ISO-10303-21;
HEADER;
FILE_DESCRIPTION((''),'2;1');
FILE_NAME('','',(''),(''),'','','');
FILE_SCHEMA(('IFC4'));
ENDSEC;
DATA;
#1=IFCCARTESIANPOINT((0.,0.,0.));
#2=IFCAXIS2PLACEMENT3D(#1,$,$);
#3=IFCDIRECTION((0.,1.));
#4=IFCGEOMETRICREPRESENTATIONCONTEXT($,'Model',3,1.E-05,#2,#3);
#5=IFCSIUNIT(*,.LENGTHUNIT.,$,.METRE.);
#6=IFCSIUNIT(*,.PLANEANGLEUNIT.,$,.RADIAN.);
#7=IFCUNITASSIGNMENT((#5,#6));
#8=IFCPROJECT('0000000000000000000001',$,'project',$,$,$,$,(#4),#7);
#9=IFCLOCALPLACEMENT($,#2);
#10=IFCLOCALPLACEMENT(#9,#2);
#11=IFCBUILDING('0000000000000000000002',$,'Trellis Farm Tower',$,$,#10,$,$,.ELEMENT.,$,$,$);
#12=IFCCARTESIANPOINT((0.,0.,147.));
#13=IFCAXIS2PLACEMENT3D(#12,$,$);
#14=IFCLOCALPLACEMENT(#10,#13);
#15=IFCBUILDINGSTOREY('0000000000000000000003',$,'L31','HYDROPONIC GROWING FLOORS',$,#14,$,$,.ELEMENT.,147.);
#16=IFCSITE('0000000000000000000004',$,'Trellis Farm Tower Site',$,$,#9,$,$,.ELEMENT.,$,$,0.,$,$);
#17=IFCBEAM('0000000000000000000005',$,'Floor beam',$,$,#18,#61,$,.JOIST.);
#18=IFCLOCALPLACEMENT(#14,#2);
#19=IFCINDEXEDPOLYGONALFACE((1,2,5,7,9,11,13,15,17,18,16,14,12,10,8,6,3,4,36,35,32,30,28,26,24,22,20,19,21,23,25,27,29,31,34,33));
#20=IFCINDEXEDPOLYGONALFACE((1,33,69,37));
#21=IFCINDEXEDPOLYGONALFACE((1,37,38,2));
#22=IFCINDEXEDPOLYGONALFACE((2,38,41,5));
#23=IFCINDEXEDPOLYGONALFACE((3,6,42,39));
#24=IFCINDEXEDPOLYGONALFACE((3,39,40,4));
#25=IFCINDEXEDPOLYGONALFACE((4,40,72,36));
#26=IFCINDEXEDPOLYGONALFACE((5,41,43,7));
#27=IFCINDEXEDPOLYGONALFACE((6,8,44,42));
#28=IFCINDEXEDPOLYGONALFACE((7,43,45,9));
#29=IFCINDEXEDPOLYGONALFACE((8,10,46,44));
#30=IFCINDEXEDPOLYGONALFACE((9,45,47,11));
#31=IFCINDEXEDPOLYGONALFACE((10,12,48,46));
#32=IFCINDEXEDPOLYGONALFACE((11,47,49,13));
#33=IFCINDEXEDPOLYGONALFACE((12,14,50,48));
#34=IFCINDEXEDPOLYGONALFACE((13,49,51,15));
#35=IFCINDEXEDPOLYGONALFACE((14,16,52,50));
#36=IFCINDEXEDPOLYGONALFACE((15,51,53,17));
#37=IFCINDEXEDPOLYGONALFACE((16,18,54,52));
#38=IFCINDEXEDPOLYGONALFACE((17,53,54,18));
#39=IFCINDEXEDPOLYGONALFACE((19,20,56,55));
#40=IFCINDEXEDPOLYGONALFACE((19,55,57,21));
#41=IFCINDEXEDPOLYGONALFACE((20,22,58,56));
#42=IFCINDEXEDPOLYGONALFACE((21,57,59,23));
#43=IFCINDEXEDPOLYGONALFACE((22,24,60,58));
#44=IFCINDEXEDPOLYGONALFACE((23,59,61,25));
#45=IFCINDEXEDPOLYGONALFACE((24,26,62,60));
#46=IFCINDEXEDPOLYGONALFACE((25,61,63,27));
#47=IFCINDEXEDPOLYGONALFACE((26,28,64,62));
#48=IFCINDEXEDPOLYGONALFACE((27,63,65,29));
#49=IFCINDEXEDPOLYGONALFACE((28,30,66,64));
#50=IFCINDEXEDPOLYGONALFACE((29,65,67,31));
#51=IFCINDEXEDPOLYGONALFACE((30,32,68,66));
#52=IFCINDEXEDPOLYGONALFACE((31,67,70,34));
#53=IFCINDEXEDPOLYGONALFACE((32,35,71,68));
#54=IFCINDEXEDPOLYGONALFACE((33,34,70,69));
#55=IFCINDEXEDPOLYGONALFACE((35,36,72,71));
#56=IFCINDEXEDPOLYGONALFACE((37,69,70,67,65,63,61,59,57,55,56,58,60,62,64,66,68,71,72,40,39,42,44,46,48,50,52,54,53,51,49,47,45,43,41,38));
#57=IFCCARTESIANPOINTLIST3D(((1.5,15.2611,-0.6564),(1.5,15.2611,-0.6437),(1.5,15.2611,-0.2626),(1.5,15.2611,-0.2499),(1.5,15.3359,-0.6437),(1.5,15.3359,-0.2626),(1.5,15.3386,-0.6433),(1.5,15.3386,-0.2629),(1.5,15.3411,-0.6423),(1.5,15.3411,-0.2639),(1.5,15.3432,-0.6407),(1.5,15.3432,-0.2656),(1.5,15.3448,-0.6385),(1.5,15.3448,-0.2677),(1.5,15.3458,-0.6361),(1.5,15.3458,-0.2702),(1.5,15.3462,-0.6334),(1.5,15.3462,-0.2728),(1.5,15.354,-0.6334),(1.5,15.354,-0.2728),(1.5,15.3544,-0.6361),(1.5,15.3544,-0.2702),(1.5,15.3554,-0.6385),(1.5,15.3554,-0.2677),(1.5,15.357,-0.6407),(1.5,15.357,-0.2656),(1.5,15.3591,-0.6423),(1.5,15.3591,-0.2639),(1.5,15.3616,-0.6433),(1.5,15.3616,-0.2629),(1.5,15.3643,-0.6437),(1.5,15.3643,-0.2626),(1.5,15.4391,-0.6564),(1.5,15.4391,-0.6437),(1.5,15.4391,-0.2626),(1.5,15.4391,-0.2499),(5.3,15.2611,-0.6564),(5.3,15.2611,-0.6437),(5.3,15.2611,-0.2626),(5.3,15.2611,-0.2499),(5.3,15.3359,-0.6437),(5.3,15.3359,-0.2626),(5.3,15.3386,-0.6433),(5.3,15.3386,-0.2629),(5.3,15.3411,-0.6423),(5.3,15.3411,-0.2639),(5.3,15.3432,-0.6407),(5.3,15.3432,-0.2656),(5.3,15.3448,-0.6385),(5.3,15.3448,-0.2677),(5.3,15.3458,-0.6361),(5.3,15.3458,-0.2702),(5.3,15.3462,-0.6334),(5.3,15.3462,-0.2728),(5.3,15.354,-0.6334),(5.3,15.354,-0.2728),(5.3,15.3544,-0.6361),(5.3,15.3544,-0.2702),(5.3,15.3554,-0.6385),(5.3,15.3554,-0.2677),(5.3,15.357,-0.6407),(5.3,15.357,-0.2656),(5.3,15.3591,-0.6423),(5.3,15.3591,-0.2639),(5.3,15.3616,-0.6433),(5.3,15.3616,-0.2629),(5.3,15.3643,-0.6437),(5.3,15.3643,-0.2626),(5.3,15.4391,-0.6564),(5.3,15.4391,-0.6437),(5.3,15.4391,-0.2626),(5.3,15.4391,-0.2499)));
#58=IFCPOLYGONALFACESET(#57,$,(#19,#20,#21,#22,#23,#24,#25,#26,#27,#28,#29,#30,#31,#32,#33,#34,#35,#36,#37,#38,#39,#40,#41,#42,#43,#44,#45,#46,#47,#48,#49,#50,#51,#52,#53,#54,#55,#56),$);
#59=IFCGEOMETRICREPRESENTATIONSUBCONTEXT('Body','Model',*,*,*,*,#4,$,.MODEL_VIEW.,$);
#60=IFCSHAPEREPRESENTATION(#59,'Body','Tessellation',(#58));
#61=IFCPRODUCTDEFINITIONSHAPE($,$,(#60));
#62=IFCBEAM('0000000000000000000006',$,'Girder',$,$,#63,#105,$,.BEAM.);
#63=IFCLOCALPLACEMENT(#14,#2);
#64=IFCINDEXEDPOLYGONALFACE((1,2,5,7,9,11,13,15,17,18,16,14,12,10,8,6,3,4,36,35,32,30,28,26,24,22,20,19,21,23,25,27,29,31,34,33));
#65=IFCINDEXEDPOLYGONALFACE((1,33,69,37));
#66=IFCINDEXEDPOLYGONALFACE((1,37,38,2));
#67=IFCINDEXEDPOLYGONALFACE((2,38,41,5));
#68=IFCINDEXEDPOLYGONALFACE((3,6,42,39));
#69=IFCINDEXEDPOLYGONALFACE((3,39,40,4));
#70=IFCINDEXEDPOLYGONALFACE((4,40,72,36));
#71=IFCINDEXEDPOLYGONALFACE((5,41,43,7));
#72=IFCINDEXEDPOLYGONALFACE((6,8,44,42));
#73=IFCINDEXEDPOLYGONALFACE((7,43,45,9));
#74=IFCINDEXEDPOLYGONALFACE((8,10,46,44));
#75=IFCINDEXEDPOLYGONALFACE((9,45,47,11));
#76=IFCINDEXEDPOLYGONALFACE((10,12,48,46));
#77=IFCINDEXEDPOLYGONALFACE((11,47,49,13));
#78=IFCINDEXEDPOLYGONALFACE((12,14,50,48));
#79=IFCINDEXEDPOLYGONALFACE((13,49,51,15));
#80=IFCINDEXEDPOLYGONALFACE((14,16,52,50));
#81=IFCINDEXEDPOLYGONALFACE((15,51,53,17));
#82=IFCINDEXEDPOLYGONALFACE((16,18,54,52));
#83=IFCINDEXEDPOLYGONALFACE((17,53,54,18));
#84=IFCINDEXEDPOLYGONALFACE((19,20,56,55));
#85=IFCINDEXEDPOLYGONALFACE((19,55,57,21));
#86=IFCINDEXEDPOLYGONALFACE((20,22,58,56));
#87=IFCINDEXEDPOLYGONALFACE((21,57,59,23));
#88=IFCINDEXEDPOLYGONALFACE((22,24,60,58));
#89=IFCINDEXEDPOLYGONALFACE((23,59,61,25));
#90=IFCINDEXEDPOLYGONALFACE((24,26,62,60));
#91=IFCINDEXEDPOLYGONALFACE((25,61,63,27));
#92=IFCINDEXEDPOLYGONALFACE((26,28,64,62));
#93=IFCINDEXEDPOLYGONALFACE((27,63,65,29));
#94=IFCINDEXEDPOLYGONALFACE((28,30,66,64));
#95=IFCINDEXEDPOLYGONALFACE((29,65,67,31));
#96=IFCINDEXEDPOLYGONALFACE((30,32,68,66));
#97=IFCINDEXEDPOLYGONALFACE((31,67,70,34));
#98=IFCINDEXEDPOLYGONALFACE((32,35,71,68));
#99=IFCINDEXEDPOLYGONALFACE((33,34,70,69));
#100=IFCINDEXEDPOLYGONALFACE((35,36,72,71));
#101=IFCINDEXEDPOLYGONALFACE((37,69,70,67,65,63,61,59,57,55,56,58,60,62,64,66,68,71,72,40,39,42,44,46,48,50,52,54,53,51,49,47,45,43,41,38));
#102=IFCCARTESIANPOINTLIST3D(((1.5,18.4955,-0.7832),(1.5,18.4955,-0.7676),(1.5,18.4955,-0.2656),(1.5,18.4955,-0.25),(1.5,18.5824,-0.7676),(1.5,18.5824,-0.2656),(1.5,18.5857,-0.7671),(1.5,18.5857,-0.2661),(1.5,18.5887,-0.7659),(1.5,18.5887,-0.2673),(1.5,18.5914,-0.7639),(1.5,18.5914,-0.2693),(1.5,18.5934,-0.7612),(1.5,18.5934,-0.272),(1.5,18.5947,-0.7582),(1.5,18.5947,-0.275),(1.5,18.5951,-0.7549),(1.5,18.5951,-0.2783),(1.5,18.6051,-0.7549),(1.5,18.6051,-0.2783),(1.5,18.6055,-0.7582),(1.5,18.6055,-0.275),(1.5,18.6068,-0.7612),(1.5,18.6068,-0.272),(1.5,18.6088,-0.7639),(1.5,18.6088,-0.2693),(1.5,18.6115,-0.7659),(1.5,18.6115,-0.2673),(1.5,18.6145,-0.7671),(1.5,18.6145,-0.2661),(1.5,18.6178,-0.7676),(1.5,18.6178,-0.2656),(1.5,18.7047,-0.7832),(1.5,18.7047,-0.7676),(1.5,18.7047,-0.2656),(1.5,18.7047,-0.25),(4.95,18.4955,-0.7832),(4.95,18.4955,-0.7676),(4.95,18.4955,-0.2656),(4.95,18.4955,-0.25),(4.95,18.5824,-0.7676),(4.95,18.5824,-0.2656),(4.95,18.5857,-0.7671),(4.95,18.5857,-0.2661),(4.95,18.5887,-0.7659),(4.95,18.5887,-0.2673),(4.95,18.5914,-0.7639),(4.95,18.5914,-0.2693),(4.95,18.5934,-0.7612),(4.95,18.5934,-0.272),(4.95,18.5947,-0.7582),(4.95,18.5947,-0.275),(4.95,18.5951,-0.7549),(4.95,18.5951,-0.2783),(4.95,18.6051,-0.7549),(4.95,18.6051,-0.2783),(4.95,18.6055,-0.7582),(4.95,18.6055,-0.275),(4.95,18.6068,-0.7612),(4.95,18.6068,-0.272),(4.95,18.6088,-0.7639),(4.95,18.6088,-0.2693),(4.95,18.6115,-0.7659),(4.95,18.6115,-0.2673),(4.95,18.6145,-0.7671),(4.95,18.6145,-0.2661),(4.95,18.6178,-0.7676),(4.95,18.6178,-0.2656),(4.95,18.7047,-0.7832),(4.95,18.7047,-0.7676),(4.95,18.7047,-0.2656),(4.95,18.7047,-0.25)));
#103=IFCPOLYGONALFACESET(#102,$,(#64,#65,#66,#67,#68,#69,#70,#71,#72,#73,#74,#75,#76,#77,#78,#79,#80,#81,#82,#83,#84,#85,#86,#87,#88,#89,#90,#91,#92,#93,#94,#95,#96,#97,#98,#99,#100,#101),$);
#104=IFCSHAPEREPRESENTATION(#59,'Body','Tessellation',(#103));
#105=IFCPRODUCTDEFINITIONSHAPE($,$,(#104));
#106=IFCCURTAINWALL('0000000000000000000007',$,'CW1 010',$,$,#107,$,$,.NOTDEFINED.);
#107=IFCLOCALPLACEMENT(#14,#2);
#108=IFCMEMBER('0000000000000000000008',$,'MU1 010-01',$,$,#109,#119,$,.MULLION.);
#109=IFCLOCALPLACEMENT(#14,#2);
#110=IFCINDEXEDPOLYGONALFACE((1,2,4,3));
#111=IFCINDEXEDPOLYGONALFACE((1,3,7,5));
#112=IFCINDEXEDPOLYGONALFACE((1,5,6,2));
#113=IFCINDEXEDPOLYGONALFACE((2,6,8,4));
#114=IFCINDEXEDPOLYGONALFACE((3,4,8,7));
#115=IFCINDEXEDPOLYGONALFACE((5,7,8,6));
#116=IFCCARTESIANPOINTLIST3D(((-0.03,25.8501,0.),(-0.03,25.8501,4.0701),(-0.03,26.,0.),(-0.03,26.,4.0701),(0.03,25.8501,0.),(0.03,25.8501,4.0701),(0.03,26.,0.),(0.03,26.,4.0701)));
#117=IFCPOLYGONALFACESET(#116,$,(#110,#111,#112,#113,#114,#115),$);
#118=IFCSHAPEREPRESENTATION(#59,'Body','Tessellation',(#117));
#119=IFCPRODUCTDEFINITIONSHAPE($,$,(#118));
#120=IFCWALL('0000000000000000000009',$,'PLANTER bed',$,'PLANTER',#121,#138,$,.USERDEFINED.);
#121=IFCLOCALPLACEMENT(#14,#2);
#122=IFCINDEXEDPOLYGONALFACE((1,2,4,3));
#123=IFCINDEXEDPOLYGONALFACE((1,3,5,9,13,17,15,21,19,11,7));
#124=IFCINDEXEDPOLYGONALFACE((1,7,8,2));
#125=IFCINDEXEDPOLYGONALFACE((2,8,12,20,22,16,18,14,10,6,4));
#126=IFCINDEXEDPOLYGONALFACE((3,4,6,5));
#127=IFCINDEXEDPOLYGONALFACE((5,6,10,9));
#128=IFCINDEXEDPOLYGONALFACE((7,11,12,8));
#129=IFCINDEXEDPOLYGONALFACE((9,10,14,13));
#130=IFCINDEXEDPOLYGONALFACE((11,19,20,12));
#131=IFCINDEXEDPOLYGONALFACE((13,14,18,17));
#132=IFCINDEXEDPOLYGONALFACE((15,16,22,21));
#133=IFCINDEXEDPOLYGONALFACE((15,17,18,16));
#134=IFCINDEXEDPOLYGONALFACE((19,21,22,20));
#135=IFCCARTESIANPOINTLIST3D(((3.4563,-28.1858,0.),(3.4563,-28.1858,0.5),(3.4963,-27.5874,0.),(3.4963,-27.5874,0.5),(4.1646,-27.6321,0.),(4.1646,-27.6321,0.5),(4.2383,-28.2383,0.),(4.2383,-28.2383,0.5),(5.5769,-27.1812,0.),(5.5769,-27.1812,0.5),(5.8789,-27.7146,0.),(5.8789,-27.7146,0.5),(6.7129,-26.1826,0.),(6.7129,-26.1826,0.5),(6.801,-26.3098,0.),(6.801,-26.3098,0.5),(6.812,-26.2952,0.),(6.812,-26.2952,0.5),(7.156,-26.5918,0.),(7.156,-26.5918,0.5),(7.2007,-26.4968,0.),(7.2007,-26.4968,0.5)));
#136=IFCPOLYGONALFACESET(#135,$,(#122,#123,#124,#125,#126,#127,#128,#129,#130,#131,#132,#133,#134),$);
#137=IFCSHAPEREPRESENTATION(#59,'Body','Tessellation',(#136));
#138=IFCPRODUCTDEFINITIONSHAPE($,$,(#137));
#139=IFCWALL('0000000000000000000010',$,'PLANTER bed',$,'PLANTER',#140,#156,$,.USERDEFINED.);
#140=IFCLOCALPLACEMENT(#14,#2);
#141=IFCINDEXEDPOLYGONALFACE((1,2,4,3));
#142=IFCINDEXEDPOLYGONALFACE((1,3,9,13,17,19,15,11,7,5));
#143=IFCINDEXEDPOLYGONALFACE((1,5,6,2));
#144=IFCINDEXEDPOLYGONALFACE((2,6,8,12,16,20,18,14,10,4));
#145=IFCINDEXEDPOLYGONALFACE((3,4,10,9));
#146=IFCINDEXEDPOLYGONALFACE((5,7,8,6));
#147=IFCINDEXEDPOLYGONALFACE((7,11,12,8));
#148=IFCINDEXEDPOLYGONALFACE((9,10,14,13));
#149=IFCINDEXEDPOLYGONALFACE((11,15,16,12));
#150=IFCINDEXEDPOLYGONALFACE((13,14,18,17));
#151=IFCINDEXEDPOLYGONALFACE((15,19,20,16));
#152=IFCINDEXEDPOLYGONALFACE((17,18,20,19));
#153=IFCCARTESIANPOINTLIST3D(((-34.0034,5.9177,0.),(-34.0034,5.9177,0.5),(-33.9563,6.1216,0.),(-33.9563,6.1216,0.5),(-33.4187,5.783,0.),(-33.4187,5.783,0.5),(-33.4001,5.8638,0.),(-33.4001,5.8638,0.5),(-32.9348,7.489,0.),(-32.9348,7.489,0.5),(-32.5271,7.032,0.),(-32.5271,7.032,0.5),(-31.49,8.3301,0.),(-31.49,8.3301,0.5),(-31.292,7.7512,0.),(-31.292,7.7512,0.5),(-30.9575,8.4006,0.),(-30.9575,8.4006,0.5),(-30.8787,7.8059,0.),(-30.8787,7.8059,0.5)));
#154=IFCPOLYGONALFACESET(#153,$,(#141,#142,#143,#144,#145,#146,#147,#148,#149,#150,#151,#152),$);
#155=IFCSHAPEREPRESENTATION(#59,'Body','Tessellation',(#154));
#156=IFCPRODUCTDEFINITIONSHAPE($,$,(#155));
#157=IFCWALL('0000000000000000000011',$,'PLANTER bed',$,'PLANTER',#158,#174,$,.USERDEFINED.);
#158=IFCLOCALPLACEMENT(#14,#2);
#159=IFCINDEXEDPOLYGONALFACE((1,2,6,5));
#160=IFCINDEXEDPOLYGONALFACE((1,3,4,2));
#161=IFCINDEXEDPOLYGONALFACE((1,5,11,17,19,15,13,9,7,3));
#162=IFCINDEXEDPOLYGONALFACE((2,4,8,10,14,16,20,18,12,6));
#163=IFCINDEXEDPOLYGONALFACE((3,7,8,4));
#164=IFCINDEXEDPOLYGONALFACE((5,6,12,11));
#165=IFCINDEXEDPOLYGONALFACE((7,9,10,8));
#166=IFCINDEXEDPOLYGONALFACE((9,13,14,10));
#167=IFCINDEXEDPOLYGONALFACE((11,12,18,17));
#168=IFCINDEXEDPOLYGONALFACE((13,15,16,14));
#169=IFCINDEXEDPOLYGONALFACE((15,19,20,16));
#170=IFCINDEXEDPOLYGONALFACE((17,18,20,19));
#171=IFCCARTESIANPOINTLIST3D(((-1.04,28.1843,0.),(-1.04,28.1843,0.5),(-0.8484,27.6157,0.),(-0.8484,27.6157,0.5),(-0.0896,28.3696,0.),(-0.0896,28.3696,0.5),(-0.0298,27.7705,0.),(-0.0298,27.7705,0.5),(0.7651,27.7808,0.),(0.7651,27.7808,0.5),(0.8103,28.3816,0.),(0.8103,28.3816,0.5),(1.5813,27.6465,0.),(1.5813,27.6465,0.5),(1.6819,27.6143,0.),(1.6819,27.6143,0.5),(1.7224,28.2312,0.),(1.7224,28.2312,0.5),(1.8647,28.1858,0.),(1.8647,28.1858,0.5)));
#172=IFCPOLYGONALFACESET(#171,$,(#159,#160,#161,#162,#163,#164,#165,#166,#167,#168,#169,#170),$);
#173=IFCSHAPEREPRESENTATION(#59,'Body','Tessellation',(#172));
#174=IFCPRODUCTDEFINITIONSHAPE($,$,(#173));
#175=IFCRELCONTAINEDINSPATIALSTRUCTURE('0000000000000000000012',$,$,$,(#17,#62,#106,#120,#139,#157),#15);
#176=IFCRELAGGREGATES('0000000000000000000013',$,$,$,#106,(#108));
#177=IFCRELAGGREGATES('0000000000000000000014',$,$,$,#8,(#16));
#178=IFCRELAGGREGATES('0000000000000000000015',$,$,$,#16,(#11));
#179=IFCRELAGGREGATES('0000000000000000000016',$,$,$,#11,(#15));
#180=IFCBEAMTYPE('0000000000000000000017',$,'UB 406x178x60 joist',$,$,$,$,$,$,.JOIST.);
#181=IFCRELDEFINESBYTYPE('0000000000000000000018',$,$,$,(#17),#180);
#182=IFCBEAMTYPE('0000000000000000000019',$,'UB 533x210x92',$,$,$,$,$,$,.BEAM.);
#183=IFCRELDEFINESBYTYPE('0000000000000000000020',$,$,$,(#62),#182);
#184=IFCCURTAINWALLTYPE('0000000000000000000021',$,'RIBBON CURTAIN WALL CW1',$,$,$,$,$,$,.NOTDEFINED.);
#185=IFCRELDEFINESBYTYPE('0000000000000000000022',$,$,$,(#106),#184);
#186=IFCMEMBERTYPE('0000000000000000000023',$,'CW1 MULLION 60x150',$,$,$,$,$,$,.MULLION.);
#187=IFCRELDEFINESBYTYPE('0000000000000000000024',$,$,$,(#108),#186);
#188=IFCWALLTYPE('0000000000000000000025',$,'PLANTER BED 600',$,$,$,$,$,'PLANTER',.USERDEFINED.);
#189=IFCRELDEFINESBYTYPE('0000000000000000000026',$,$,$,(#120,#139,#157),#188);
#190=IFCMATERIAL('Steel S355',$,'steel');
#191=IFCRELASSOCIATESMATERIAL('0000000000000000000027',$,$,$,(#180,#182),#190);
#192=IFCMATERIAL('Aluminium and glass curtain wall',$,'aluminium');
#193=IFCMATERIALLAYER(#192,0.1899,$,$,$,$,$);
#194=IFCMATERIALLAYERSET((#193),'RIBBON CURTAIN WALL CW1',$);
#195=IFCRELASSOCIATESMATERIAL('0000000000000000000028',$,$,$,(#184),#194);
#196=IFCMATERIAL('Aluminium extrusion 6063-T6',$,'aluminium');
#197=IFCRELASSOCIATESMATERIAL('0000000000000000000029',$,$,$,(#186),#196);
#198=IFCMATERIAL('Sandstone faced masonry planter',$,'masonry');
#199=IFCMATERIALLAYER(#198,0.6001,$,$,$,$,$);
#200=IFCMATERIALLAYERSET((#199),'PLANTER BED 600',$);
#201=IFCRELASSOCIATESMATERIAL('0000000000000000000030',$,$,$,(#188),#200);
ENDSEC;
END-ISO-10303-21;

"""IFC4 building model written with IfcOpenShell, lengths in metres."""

from ifc_helpers import new_model, si_unit, direction, frame, origin, origin_2d, place, context, subcontext, project, spatial, polyline, rectangle, i_section, outline, extrude, source, transform, mapped, material, layer, layer_set, material_profile, profile_set, type_object, element, aggregate, save


model = new_model("IFC4")

# Units and contexts
model_context = context("Model", 3, precision=1e-05, world=origin(), true_north=direction((0.0, 1.0)))
body_context = subcontext(model_context, "Body", "Model", "MODEL_VIEW")
ifc_project = project(units=[si_unit("LENGTHUNIT", "METRE"), si_unit("PLANEANGLEUNIT", "RADIAN")], contexts=[model_context])

# Site, building, storey
site_placement = place(None, origin())
site = spatial("IfcSite", under=ifc_project, at=site_placement, Name="Trellis Farm Tower Site", CompositionType="ELEMENT", RefElevation=0.0)
building_placement = place(site_placement, origin())
building = spatial("IfcBuilding", under=site, at=building_placement, Name="Trellis Farm Tower", CompositionType="ELEMENT")
storey_placement = place(building_placement, frame((0.0, 0.0, 147.0)))
storey = spatial("IfcBuildingStorey", under=building, at=storey_placement, Name="L31", Description="HYDROPONIC GROWING FLOORS", CompositionType="ELEMENT", Elevation=147.0)

# Beams
ifc_material_1 = material(Name="Steel S355", Category="steel")
ifc_material_profile_1 = material_profile(ifc_material_1, i_section(OverallWidth=0.178, OverallDepth=0.4065, WebThickness=0.0078, FlangeThickness=0.0127, FilletRadius=0.0103, at=origin_2d()), Name="UB 406x178x60")
ifc_profile_set_1 = profile_set([ifc_material_profile_1], Name="Steel S355")
beam_type_1 = type_object("IfcBeamType", Name="UB 406x178x60 joist", PredefinedType="JOIST", material=ifc_profile_set_1)
shared_shape_1 = source(origin(), body_context, "Body", "SweptSolid", [
    extrude(i_section(OverallWidth=0.178, OverallDepth=0.4065, WebThickness=0.0078, FlangeThickness=0.0127, FilletRadius=0.0103, at=origin_2d()), origin(), (0.0, 0.0, 1.0), 3.8),
])
beam_1_placement = place(storey_placement, frame((1.5, 15.3501, -0.4531), z_axis=(1.0, 0.0, 0.0), x_axis=(0.0, 1.0, 0.0)))
element("IfcBeam", 1, at=beam_1_placement, inside=storey, type_object=beam_type_1, Name="Floor beam", PredefinedType="JOIST", context=body_context, shape_type="MappedRepresentation", body=[
    mapped(shared_shape_1, transform((0.0, 0.0, 0.0))),
])
ifc_material_profile_2 = material_profile(ifc_material_1, i_section(OverallWidth=0.2092, OverallDepth=0.5332, WebThickness=0.01, FlangeThickness=0.0156, FilletRadius=0.0127, at=origin_2d()), Name="UB 533x210x92")
ifc_profile_set_2 = profile_set([ifc_material_profile_2], Name="Steel S355")
beam_type_2 = type_object("IfcBeamType", Name="UB 533x210x92", PredefinedType="BEAM", material=ifc_profile_set_2)
shared_shape_2 = source(origin(), body_context, "Body", "SweptSolid", [
    extrude(i_section(OverallWidth=0.2092, OverallDepth=0.5332, WebThickness=0.01, FlangeThickness=0.0156, FilletRadius=0.0127, at=origin_2d()), origin(), (0.0, 0.0, 1.0), 3.45),
])
beam_2_placement = place(storey_placement, frame((1.5, 18.6001, -0.5166), z_axis=(1.0, 0.0, 0.0), x_axis=(0.0, 1.0, 0.0)))
element("IfcBeam", 2, at=beam_2_placement, inside=storey, type_object=beam_type_2, Name="Girder", PredefinedType="BEAM", context=body_context, shape_type="MappedRepresentation", body=[
    mapped(shared_shape_2, transform((0.0, 0.0, 0.0))),
])

# Curtain wall, member
ifc_material_2 = material(Name="Aluminium and glass curtain wall", Category="aluminium")
ifc_layer_1 = layer(ifc_material_2, 0.1899)
ifc_layer_set_1 = layer_set([ifc_layer_1], Name="RIBBON CURTAIN WALL CW1")
curtain_wall_type = type_object("IfcCurtainWallType", Name="RIBBON CURTAIN WALL CW1", PredefinedType="NOTDEFINED", material=ifc_layer_set_1)
placement = place(storey_placement, origin())
curtain_wall = element("IfcCurtainWall", 3, at=placement, inside=storey, type_object=curtain_wall_type, Name="CW1 010", PredefinedType="NOTDEFINED")
ifc_material_3 = material(Name="Aluminium extrusion 6063-T6", Category="aluminium")
ifc_material_profile_3 = material_profile(ifc_material_3, rectangle(XDim=0.0601, YDim=0.1499, at=origin_2d()), Name="MULLION 60x150")
ifc_profile_set_3 = profile_set([ifc_material_profile_3], Name="Aluminium extrusion 6063-T6")
member_type = type_object("IfcMemberType", Name="CW1 MULLION 60x150", PredefinedType="MULLION", material=ifc_profile_set_3)
shared_shape_3 = source(origin(), body_context, "Body", "SweptSolid", [
    extrude(rectangle(XDim=0.0601, YDim=0.1499, at=origin_2d()), origin(), (0.0, 0.0, 1.0), 4.0701),
])
member_placement = place(storey_placement, frame((0.0, 25.925, 0.0), z_axis=(0.0, 0.0, 1.0), x_axis=(-1.0, 0.0, 0.0)))
member = element("IfcMember", 4, at=member_placement, type_object=member_type, Name="MU1 010-01", PredefinedType="MULLION", context=body_context, shape_type="MappedRepresentation", body=[
    mapped(shared_shape_3, transform((0.0, 0.0, 0.0))),
])
aggregate(curtain_wall, [member])

# Walls
ifc_material_4 = material(Name="Sandstone faced masonry planter", Category="masonry")
ifc_layer_2 = layer(ifc_material_4, 0.6001)
ifc_layer_set_2 = layer_set([ifc_layer_2], Name="PLANTER BED 600")
wall_type_1 = type_object("IfcWallType", Name="PLANTER BED 600", ElementType="PLANTER", PredefinedType="USERDEFINED", material=ifc_layer_set_2)
element("IfcWall", 5, at=placement, inside=storey, type_object=wall_type_1, Name="PLANTER bed", ObjectType="PLANTER", PredefinedType="USERDEFINED", context=body_context, shape_type="SweptSolid", body=[
    extrude(outline(polyline([(6.801, -26.3098), (7.2007, -26.4968), (7.156, -26.5918), (5.8789, -27.7146), (4.2383, -28.2383), (3.4563, -28.1858), (3.4963, -27.5874), (4.1646, -27.6321), (5.5769, -27.1812), (6.7129, -26.1826), (6.812, -26.2952), (6.801, -26.3098)])), origin(), (0.0, 0.0, 1.0), 0.5),
])
element("IfcWall", 6, at=placement, inside=storey, type_object=wall_type_1, Name="PLANTER bed", ObjectType="PLANTER", PredefinedType="USERDEFINED", context=body_context, shape_type="SweptSolid", body=[
    extrude(outline(polyline([(-32.9348, 7.489), (-31.49, 8.3301), (-30.9575, 8.4006), (-30.8787, 7.8059), (-31.292, 7.7512), (-32.5271, 7.032), (-33.4001, 5.8638), (-33.4187, 5.783), (-34.0034, 5.9177), (-33.9563, 6.1216), (-32.9348, 7.489)])), origin(), (0.0, 0.0, 1.0), 0.5),
])
element("IfcWall", 7, at=placement, inside=storey, type_object=wall_type_1, Name="PLANTER bed", ObjectType="PLANTER", PredefinedType="USERDEFINED", context=body_context, shape_type="SweptSolid", body=[
    extrude(outline(polyline([(-0.0896, 28.3696), (0.8103, 28.3816), (1.7224, 28.2312), (1.8647, 28.1858), (1.6819, 27.6143), (1.5813, 27.6465), (0.7651, 27.7808), (-0.0298, 27.7705), (-0.8484, 27.6157), (-1.04, 28.1843), (-0.0896, 28.3696)])), origin(), (0.0, 0.0, 1.0), 0.5),
])

save(model, "model.ifc")
